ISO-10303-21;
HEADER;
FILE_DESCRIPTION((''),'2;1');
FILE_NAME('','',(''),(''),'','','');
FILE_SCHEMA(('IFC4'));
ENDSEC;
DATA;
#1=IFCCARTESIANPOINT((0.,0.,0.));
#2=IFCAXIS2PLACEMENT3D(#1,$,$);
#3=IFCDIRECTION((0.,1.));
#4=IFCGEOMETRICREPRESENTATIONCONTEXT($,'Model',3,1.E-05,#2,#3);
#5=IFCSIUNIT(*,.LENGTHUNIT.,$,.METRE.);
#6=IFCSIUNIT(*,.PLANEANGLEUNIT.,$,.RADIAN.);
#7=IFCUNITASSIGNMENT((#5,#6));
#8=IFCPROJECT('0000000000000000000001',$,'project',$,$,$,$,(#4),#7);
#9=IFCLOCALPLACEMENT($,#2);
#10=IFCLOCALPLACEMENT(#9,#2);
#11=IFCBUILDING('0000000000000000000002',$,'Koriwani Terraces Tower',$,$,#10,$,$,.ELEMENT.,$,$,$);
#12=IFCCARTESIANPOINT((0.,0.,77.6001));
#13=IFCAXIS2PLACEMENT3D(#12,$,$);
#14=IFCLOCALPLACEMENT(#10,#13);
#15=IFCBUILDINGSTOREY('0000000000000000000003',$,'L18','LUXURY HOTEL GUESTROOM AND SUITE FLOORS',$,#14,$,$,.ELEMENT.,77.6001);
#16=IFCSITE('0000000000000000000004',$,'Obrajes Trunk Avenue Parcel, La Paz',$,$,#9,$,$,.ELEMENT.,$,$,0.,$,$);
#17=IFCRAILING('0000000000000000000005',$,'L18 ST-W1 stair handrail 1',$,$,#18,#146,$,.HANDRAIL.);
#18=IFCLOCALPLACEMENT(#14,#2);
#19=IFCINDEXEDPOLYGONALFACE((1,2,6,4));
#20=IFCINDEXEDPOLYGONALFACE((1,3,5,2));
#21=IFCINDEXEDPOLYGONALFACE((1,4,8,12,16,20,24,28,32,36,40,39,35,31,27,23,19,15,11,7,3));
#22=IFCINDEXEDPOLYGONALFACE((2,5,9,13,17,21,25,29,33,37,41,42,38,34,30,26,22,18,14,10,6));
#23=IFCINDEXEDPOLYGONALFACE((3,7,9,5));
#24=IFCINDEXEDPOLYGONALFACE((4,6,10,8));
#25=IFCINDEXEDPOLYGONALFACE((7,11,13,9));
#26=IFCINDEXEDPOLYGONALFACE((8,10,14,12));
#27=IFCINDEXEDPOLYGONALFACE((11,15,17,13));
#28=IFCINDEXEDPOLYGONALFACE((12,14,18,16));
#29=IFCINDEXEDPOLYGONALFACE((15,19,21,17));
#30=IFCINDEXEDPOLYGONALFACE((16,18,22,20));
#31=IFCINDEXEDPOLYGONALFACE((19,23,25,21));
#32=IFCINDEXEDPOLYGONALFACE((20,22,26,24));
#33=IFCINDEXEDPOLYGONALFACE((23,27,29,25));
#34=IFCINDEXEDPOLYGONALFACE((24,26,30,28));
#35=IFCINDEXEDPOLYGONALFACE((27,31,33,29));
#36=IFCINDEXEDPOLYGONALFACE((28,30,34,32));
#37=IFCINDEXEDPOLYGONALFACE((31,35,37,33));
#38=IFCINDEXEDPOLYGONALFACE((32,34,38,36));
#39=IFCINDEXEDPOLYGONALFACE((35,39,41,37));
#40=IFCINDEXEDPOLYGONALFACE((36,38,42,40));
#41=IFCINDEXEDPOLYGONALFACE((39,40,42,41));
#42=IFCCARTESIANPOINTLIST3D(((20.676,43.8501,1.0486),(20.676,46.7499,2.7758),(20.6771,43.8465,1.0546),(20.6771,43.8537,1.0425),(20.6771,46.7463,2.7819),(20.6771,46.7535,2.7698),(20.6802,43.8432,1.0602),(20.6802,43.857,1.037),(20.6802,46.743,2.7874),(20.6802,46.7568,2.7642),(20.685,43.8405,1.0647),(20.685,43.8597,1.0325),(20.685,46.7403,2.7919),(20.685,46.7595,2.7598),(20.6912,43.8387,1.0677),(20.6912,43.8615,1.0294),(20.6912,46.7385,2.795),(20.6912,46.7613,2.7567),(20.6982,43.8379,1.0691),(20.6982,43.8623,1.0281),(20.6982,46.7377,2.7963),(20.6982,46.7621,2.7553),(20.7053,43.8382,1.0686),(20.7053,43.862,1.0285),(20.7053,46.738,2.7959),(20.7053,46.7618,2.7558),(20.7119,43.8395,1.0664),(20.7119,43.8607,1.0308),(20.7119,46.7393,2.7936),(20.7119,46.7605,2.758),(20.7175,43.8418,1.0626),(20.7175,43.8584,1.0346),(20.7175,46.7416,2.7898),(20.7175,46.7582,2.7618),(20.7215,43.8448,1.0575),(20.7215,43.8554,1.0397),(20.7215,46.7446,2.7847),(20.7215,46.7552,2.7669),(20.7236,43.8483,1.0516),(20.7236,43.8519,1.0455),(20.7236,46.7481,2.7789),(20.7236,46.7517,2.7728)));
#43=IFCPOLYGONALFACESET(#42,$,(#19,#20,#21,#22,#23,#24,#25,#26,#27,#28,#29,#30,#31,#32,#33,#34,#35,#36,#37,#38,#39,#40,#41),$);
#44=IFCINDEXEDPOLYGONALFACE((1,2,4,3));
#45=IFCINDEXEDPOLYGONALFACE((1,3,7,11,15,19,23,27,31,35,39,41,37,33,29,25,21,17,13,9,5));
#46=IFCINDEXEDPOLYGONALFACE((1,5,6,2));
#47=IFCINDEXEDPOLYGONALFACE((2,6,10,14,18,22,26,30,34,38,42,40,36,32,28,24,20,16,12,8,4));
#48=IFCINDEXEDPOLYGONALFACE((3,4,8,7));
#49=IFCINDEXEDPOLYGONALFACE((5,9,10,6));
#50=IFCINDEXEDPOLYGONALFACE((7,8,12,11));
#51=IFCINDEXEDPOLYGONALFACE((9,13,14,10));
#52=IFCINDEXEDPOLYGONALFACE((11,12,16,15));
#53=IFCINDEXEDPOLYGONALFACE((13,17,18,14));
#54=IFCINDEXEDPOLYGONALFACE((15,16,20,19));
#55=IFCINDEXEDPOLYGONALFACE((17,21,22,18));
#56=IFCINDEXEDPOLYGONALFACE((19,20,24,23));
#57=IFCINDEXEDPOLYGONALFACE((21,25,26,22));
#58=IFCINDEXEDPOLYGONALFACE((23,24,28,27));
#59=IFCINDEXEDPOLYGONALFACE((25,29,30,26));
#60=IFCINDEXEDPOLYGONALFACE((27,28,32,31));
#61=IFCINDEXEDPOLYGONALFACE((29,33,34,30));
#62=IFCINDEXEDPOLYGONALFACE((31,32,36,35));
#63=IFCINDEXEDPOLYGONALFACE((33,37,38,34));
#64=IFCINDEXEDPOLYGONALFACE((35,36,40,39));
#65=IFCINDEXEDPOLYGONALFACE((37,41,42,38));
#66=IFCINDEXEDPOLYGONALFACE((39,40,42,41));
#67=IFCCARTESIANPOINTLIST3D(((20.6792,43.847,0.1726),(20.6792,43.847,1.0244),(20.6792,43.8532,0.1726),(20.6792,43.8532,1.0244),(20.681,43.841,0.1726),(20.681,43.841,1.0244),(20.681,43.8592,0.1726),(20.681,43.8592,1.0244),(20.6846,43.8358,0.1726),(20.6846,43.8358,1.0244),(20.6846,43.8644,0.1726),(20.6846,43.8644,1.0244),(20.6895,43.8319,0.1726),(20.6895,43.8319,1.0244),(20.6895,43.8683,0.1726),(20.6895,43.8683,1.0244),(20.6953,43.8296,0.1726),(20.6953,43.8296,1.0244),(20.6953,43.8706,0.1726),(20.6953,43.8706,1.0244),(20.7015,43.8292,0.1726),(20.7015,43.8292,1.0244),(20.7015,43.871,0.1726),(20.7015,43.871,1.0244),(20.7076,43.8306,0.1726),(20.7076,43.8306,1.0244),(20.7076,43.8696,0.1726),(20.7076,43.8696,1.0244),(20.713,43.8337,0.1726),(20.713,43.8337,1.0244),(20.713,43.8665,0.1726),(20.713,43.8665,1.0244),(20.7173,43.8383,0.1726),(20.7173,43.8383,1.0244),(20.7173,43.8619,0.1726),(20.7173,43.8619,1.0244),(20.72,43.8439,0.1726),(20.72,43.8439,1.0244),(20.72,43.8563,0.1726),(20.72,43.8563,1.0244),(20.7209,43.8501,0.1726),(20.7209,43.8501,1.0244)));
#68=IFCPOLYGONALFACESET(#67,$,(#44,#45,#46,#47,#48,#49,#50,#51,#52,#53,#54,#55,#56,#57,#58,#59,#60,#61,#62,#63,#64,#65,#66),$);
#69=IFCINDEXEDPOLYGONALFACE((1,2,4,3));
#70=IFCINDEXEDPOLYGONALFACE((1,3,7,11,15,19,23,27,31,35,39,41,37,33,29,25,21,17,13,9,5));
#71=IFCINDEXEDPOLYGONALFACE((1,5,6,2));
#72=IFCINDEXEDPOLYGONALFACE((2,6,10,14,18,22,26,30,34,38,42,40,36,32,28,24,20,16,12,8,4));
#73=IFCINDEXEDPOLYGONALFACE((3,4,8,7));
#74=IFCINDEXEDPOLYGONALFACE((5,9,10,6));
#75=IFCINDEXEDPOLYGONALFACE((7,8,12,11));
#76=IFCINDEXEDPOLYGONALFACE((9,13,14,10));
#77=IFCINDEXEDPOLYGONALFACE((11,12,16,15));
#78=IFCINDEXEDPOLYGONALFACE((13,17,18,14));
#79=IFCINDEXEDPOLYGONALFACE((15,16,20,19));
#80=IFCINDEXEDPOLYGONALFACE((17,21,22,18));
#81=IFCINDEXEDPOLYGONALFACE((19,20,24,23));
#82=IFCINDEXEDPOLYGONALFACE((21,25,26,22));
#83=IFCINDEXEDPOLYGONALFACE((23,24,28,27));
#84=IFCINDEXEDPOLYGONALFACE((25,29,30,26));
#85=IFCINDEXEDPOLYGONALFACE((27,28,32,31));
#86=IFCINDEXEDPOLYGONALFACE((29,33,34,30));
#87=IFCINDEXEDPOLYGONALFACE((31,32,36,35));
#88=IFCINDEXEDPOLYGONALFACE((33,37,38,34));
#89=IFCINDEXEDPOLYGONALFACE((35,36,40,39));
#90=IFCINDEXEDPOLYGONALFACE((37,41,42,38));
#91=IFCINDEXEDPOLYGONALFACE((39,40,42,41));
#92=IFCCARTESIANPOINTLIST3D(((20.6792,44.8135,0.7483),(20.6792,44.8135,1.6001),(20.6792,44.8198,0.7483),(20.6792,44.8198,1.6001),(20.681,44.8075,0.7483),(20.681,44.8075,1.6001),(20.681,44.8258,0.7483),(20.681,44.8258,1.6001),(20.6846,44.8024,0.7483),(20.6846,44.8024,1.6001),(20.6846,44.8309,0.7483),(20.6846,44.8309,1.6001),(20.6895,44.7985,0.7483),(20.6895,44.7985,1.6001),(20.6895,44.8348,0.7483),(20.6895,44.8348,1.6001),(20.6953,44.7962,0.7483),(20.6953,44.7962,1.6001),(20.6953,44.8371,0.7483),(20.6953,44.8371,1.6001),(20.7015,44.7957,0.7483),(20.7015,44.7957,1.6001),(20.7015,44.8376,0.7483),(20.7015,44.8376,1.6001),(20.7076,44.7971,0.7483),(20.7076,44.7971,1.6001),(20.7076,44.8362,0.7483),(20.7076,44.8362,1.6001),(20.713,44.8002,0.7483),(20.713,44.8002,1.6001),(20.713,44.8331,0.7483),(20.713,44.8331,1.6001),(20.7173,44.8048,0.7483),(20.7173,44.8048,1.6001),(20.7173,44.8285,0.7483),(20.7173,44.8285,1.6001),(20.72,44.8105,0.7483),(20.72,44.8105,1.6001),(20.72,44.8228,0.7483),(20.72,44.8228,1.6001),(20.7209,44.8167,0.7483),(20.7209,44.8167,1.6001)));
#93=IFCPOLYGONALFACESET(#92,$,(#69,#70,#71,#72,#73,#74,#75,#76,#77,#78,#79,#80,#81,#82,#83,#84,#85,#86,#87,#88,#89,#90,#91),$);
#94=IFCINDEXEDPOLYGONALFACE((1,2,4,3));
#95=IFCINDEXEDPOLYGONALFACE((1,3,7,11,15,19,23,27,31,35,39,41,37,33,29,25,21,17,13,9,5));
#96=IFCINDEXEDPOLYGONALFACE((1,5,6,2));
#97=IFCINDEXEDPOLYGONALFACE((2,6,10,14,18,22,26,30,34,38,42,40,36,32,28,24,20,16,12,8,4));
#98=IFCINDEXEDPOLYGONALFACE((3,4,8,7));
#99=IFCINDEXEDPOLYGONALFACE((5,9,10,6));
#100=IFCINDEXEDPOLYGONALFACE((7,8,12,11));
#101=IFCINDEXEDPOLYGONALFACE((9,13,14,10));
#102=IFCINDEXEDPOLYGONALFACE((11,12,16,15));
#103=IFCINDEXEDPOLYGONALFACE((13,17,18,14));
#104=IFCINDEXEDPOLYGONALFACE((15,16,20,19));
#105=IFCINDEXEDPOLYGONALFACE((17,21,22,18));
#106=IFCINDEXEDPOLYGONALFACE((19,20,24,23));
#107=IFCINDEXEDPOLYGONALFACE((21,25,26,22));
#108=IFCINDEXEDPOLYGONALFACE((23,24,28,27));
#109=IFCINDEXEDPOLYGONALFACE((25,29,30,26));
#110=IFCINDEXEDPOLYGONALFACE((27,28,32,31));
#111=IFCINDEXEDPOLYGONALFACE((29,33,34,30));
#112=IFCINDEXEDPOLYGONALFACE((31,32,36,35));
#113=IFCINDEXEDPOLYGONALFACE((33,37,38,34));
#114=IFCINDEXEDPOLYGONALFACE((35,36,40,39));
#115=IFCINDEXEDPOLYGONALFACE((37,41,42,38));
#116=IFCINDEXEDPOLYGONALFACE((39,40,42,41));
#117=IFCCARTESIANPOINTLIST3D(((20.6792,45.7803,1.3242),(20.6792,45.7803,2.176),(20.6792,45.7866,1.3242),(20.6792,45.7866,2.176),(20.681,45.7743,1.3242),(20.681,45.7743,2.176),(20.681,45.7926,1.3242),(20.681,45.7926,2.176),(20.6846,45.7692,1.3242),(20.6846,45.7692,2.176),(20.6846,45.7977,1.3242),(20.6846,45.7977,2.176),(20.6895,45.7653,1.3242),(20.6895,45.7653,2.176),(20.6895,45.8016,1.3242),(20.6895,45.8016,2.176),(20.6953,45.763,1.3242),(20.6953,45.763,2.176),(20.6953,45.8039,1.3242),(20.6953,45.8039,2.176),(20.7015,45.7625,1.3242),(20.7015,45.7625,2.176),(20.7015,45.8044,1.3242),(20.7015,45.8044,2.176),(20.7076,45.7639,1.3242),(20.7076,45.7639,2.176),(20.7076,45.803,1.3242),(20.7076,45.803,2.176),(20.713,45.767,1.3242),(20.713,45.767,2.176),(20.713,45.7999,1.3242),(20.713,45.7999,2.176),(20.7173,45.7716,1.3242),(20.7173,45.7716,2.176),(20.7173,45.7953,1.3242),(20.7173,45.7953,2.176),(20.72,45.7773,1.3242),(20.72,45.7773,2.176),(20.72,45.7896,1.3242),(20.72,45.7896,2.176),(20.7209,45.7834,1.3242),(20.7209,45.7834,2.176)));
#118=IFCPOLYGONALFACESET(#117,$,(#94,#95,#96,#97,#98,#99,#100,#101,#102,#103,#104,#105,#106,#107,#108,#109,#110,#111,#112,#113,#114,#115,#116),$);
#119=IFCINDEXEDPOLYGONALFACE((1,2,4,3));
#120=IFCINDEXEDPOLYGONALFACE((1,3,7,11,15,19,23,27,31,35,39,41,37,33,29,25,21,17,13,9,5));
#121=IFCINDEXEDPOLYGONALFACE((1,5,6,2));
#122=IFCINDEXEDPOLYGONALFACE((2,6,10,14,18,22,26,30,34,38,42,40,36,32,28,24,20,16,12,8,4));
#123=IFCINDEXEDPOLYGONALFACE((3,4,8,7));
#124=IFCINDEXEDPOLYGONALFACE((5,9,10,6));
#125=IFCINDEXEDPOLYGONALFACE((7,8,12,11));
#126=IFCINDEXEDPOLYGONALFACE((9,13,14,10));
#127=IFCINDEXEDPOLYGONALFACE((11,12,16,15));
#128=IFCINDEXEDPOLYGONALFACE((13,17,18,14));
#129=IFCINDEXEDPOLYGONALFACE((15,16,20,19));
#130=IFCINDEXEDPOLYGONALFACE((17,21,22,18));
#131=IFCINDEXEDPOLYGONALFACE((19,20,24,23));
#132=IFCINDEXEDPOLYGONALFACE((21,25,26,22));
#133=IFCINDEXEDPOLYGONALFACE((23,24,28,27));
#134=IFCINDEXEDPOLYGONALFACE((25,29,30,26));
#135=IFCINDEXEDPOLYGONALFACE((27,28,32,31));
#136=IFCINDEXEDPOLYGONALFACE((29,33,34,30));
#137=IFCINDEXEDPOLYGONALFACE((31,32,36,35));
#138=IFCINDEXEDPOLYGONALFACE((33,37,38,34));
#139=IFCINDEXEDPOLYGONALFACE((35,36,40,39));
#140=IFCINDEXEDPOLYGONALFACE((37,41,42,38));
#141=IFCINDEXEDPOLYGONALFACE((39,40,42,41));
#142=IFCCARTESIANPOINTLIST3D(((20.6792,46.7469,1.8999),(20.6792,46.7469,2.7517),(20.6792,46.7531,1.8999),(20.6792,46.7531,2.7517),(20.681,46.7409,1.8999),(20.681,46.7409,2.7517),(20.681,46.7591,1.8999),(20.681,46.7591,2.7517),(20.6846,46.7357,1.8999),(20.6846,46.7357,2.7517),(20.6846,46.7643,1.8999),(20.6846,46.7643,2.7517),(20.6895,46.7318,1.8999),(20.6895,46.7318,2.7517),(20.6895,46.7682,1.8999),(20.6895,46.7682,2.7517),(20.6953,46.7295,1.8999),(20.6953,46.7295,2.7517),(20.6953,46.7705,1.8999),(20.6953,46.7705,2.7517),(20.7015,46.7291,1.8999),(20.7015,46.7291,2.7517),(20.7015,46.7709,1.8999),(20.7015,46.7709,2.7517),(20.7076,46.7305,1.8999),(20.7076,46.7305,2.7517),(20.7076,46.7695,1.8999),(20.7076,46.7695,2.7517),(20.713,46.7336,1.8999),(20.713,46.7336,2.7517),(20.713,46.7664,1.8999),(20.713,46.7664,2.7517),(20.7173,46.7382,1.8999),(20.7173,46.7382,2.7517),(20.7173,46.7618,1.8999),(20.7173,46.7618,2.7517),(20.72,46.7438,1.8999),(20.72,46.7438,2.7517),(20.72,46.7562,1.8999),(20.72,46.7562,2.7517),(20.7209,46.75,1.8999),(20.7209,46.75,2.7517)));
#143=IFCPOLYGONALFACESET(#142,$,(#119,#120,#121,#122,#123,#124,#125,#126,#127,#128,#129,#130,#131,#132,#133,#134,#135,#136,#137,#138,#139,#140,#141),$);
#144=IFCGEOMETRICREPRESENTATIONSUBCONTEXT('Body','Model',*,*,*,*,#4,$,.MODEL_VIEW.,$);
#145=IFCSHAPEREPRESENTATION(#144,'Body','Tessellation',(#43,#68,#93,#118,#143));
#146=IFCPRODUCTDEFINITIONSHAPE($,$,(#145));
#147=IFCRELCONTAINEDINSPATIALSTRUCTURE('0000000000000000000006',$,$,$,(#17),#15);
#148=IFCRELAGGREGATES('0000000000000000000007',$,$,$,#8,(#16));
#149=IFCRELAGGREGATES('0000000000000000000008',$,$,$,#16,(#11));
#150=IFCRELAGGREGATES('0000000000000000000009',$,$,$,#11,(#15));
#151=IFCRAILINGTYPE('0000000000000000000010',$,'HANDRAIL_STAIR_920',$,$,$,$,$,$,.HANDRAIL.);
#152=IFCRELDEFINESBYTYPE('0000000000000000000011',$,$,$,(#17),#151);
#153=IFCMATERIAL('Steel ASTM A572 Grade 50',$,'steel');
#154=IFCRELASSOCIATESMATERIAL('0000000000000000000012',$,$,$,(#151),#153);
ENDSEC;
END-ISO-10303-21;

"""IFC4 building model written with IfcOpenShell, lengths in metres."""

from ifc_helpers import new_model, si_unit, direction, frame, origin, origin_2d, place, context, subcontext, project, spatial, circle, extrude, material, type_object, element, save


model = new_model("IFC4")

# Units and contexts
model_context = context("Model", 3, precision=1e-05, world=origin(), true_north=direction((0.0, 1.0)))
body_context = subcontext(model_context, "Body", "Model", "MODEL_VIEW")
ifc_project = project(units=[si_unit("LENGTHUNIT", "METRE"), si_unit("PLANEANGLEUNIT", "RADIAN")], contexts=[model_context])

# Site, building, storey
site_placement = place(None, origin())
site = spatial("IfcSite", under=ifc_project, at=site_placement, Name="Obrajes Trunk Avenue Parcel, La Paz", CompositionType="ELEMENT", RefElevation=0.0)
building_placement = place(site_placement, origin())
building = spatial("IfcBuilding", under=site, at=building_placement, Name="Koriwani Terraces Tower", CompositionType="ELEMENT")
storey_placement = place(building_placement, frame((0.0, 0.0, 77.6001)))
storey = spatial("IfcBuildingStorey", under=building, at=storey_placement, Name="L18", Description="LUXURY HOTEL GUESTROOM AND SUITE FLOORS", CompositionType="ELEMENT", Elevation=77.6001)

# Shared definitions
ifc_material_1 = material(Name="Steel ASTM A572 Grade 50", Category="steel")

# Railing
railing_type_1 = type_object("IfcRailingType", Name="HANDRAIL_STAIR_920", PredefinedType="HANDRAIL", material=ifc_material_1)
railing_1_placement = place(storey_placement, frame((20.7, 43.8501, 0.1726)))
element("IfcRailing", 1, at=railing_1_placement, inside=storey, type_object=railing_type_1, Name="L18 ST-W1 stair handrail 1", PredefinedType="HANDRAIL", context=body_context, shape_type="SweptSolid", body=[
    extrude(circle(Radius=0.0239, at=origin_2d()), frame((0.0, 0.0, 0.876), z_axis=(0.0, 0.859141, 0.511738), x_axis=(-1.0, 0.0, 0.0)), (0.0, 0.0, 1.0), 3.3752),
    extrude(circle(Radius=0.021, at=origin_2d()), origin(), (0.0, 0.0, 1.0), 0.8518),
    extrude(circle(Radius=0.021, at=origin_2d()), frame((0.0, 0.9666, 0.5757)), (0.0, 0.0, 1.0), 0.8518),
    extrude(circle(Radius=0.021, at=origin_2d()), frame((0.0, 1.9333, 1.1516)), (0.0, 0.0, 1.0), 0.8518),
    extrude(circle(Radius=0.021, at=origin_2d()), frame((0.0, 2.8999, 1.7273)), (0.0, 0.0, 1.0), 0.8518),
])

save(model, "model.ifc")
